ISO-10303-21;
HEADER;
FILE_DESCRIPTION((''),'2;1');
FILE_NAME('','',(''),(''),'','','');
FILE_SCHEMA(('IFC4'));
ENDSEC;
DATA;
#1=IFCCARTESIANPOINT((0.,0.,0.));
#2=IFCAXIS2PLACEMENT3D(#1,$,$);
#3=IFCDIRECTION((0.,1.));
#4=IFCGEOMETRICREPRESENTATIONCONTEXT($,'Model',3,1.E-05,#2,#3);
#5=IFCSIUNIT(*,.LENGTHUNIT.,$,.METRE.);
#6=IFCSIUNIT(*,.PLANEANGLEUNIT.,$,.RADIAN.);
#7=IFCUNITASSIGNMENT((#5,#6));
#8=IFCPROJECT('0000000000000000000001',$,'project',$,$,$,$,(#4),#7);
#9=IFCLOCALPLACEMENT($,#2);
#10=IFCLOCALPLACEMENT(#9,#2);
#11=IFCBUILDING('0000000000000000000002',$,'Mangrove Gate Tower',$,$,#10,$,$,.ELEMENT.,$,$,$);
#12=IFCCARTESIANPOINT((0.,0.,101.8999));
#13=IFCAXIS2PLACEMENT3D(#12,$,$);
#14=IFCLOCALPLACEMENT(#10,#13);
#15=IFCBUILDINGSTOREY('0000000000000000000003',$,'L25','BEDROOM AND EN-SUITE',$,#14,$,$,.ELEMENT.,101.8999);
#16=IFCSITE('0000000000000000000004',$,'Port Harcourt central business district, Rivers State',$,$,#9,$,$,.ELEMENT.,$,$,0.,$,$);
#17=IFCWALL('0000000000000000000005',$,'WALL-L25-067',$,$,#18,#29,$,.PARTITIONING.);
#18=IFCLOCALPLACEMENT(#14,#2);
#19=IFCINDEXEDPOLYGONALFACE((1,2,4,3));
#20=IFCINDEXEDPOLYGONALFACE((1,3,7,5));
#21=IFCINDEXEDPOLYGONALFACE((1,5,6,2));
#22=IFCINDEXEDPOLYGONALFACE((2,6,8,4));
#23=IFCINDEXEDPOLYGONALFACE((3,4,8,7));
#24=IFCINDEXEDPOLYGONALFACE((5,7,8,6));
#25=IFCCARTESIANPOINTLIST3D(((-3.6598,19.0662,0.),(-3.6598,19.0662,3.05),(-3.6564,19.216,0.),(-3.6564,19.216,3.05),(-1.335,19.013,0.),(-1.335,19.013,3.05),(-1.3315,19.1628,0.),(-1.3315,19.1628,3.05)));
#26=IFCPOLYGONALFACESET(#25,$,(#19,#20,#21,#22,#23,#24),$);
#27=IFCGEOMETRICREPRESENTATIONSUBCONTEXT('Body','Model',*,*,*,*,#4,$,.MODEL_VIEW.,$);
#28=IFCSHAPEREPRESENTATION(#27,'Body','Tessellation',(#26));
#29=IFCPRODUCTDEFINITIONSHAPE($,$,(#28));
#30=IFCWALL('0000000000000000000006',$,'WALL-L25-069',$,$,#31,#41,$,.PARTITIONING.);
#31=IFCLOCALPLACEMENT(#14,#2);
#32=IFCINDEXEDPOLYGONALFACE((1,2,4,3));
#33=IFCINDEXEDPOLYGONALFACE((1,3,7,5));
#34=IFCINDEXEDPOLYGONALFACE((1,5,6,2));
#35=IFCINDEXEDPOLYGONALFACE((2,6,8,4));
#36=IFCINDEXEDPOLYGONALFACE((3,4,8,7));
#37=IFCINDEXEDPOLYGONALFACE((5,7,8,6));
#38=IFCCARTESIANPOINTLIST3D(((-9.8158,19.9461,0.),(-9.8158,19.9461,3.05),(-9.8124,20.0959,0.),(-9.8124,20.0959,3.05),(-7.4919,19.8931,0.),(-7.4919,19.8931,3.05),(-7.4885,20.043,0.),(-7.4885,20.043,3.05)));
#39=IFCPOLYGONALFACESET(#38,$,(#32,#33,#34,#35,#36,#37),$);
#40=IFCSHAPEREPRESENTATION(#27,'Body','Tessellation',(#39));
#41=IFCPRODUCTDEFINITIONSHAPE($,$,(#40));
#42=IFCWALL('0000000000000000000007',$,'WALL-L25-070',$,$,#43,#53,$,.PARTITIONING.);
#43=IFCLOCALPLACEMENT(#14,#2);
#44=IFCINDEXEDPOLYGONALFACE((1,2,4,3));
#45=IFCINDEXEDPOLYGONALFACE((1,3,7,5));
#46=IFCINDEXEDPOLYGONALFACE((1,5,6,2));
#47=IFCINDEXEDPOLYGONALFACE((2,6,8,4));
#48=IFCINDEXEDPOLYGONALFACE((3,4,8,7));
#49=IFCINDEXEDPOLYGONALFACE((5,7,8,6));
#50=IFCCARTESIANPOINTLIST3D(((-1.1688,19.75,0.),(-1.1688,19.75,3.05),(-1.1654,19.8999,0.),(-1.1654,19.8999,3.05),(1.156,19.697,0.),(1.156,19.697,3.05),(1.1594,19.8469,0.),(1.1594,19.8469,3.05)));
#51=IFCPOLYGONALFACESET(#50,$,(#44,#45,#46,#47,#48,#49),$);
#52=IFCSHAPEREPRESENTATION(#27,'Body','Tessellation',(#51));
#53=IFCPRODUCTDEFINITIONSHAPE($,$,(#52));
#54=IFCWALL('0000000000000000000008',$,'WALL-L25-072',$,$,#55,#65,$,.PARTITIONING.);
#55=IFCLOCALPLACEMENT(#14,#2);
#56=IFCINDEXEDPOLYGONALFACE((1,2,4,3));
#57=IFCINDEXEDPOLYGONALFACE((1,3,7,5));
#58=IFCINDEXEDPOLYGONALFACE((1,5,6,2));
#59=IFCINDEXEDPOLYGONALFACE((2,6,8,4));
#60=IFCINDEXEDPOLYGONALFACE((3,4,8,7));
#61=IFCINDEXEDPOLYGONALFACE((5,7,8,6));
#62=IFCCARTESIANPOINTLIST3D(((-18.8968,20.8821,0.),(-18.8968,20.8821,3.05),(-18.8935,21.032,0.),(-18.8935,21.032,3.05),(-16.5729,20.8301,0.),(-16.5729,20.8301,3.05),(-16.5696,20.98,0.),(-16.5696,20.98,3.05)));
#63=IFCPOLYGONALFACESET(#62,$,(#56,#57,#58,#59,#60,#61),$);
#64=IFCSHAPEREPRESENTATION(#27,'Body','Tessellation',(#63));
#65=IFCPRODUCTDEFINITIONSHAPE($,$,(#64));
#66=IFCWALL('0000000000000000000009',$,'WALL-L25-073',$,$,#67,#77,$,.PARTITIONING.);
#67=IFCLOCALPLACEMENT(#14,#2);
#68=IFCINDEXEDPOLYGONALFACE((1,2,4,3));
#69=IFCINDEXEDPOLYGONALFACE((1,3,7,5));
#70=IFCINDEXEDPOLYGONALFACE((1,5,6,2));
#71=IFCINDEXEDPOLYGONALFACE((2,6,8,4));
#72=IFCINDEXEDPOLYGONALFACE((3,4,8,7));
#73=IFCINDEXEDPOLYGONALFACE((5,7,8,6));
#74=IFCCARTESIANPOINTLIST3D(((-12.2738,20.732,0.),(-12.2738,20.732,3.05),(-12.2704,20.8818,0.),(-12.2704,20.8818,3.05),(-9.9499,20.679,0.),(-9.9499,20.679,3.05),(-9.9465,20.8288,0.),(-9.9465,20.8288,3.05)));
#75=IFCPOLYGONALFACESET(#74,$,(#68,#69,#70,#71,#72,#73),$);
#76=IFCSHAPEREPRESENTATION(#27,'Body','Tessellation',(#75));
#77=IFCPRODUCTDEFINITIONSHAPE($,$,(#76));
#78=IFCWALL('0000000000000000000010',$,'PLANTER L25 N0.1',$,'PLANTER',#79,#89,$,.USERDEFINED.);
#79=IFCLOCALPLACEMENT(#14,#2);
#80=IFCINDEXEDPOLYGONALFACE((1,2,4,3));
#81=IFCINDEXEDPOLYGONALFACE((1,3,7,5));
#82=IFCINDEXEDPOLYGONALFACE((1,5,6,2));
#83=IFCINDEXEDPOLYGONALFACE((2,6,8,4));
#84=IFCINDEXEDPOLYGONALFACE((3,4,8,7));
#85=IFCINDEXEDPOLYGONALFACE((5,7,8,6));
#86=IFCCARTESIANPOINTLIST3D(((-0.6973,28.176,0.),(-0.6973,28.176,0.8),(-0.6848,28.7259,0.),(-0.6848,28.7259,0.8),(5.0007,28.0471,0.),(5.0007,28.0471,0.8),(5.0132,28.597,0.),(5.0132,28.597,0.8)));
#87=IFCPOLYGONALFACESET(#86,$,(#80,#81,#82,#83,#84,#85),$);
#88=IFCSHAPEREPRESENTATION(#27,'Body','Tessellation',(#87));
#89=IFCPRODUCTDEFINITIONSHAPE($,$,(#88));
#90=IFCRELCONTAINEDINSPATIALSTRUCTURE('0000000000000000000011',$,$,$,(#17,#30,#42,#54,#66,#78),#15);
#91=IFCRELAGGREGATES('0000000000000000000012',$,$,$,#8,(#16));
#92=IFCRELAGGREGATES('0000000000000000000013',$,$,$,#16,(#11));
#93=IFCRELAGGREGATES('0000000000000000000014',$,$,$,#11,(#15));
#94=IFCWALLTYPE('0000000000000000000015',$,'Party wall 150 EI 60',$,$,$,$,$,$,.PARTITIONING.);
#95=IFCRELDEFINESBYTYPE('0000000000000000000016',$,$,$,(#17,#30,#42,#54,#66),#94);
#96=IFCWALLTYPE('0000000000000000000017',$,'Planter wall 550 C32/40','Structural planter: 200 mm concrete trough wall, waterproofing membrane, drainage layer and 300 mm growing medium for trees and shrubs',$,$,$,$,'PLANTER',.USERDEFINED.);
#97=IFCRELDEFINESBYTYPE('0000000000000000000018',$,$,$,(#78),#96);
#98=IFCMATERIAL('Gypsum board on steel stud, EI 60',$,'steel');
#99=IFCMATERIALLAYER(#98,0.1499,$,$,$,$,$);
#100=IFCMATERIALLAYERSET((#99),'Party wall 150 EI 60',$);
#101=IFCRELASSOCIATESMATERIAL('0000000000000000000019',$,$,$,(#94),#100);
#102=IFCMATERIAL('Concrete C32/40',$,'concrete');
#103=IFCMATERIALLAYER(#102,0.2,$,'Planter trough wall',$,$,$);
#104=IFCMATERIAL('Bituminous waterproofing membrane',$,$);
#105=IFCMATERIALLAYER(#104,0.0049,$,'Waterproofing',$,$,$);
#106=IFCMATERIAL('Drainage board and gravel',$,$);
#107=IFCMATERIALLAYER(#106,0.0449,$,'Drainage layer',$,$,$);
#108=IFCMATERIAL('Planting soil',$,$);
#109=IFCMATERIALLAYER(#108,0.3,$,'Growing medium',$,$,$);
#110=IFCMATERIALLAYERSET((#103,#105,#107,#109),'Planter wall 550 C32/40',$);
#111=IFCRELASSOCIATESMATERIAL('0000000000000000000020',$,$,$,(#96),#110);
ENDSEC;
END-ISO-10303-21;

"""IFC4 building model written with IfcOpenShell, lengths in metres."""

from ifc_helpers import new_model, si_unit, direction, frame, frame_2d, origin, place, context, subcontext, project, spatial, rectangle, extrude, material, layer, layer_set, type_object, element, save


model = new_model("IFC4")

# Units and contexts
model_context = context("Model", 3, precision=1e-05, world=origin(), true_north=direction((0.0, 1.0)))
body_context = subcontext(model_context, "Body", "Model", "MODEL_VIEW")
ifc_project = project(units=[si_unit("LENGTHUNIT", "METRE"), si_unit("PLANEANGLEUNIT", "RADIAN")], contexts=[model_context])

# Site, building, storey
site_placement = place(None, origin())
site = spatial("IfcSite", under=ifc_project, at=site_placement, Name="Port Harcourt central business district, Rivers State", CompositionType="ELEMENT", RefElevation=0.0)
building_placement = place(site_placement, origin())
building = spatial("IfcBuilding", under=site, at=building_placement, Name="Mangrove Gate Tower", CompositionType="ELEMENT")
storey_placement = place(building_placement, frame((0.0, 0.0, 101.8999)))
storey = spatial("IfcBuildingStorey", under=building, at=storey_placement, Name="L25", Description="BEDROOM AND EN-SUITE", CompositionType="ELEMENT", Elevation=101.8999)

# Shared definitions
ifc_material_1 = material(Name="Gypsum board on steel stud, EI 60", Category="steel")
ifc_layer_1 = layer(ifc_material_1, 0.1499)
ifc_layer_set_1 = layer_set([ifc_layer_1], Name="Party wall 150 EI 60")
wall_type_1 = type_object("IfcWallType", Name="Party wall 150 EI 60", PredefinedType="PARTITIONING", material=ifc_layer_set_1)

# Walls
wall_1_placement = place(storey_placement, frame((-3.658, 19.1411, 0.0), z_axis=(0.0, 0.0, 1.0), x_axis=(0.999738, -0.022886, 0.0)))
element("IfcWall", 1, at=wall_1_placement, inside=storey, type_object=wall_type_1, Name="WALL-L25-067", PredefinedType="PARTITIONING", context=body_context, shape_type="SweptSolid", body=[
    extrude(rectangle(XDim=2.3254, YDim=0.1499, at=frame_2d((1.1626, 0.0))), origin(), (0.0, 0.0, 1.0), 3.05),
])
wall_2_placement = place(storey_placement, frame((-9.814, 20.021, 0.0), z_axis=(0.0, 0.0, 1.0), x_axis=(0.99974, -0.022791, 0.0)))
element("IfcWall", 2, at=wall_2_placement, inside=storey, type_object=wall_type_1, Name="WALL-L25-069", PredefinedType="PARTITIONING", context=body_context, shape_type="SweptSolid", body=[
    extrude(rectangle(XDim=2.3245, YDim=0.1499, at=frame_2d((1.1621, 0.0))), origin(), (0.0, 0.0, 1.0), 3.05),
])
wall_3_placement = place(storey_placement, frame((-1.167, 19.825, 0.0), z_axis=(0.0, 0.0, 1.0), x_axis=(0.99974, -0.022781, 0.0)))
element("IfcWall", 3, at=wall_3_placement, inside=storey, type_object=wall_type_1, Name="WALL-L25-070", PredefinedType="PARTITIONING", context=body_context, shape_type="SweptSolid", body=[
    extrude(rectangle(XDim=2.3254, YDim=0.1499, at=frame_2d((1.1626, 0.0))), origin(), (0.0, 0.0, 1.0), 3.05),
])
for number, where, z_axis, x_axis, name in (
    (4, (-18.895, 20.957, 0.0), (0.0, 0.0, 1.0), (0.99975, -0.022371, 0.0), "WALL-L25-072"),
    (5, (-12.272, 20.8069, 0.0), (0.0, 0.0, 1.0), (0.99974, -0.022791, 0.0), "WALL-L25-073"),
):
    element("IfcWall", number, at=place(storey_placement, frame(where, z_axis=z_axis, x_axis=x_axis)), inside=storey, type_object=wall_type_1, Name=name, PredefinedType="PARTITIONING", context=body_context, shape_type="SweptSolid", body=[
        extrude(rectangle(XDim=2.3245, YDim=0.1499, at=frame_2d((1.1621, 0.0))), origin(), (0.0, 0.0, 1.0), 3.05),
    ])
ifc_material_2 = material(Name="Concrete C32/40", Category="concrete")
ifc_layer_2 = layer(ifc_material_2, 0.2, Name="Planter trough wall")
ifc_material_3 = material(Name="Bituminous waterproofing membrane")
ifc_layer_3 = layer(ifc_material_3, 0.0049, Name="Waterproofing")
ifc_material_4 = material(Name="Drainage board and gravel")
ifc_layer_4 = layer(ifc_material_4, 0.0449, Name="Drainage layer")
ifc_material_5 = material(Name="Planting soil")
ifc_layer_5 = layer(ifc_material_5, 0.3, Name="Growing medium")
ifc_layer_set_2 = layer_set([ifc_layer_2, ifc_layer_3, ifc_layer_4, ifc_layer_5], Name="Planter wall 550 C32/40")
wall_type_2 = type_object("IfcWallType", Name="Planter wall 550 C32/40", Description="Structural planter: 200 mm concrete trough wall, waterproofing membrane, drainage layer and 300 mm growing medium for trees and shrubs", ElementType="PLANTER", PredefinedType="USERDEFINED", material=ifc_layer_set_2)
wall_4_placement = place(storey_placement, frame((-0.6909, 28.4509, 0.0), z_axis=(0.0, 0.0, 1.0), x_axis=(0.999744, -0.022617, 0.0)))
element("IfcWall", 6, at=wall_4_placement, inside=storey, type_object=wall_type_2, Name="PLANTER L25 N0.1", ObjectType="PLANTER", PredefinedType="USERDEFINED", context=body_context, shape_type="SweptSolid", body=[
    extrude(rectangle(XDim=5.6995, YDim=0.55, at=frame_2d((2.8496, 0.0))), origin(), (0.0, 0.0, 1.0), 0.8),
])

save(model, "model.ifc")
